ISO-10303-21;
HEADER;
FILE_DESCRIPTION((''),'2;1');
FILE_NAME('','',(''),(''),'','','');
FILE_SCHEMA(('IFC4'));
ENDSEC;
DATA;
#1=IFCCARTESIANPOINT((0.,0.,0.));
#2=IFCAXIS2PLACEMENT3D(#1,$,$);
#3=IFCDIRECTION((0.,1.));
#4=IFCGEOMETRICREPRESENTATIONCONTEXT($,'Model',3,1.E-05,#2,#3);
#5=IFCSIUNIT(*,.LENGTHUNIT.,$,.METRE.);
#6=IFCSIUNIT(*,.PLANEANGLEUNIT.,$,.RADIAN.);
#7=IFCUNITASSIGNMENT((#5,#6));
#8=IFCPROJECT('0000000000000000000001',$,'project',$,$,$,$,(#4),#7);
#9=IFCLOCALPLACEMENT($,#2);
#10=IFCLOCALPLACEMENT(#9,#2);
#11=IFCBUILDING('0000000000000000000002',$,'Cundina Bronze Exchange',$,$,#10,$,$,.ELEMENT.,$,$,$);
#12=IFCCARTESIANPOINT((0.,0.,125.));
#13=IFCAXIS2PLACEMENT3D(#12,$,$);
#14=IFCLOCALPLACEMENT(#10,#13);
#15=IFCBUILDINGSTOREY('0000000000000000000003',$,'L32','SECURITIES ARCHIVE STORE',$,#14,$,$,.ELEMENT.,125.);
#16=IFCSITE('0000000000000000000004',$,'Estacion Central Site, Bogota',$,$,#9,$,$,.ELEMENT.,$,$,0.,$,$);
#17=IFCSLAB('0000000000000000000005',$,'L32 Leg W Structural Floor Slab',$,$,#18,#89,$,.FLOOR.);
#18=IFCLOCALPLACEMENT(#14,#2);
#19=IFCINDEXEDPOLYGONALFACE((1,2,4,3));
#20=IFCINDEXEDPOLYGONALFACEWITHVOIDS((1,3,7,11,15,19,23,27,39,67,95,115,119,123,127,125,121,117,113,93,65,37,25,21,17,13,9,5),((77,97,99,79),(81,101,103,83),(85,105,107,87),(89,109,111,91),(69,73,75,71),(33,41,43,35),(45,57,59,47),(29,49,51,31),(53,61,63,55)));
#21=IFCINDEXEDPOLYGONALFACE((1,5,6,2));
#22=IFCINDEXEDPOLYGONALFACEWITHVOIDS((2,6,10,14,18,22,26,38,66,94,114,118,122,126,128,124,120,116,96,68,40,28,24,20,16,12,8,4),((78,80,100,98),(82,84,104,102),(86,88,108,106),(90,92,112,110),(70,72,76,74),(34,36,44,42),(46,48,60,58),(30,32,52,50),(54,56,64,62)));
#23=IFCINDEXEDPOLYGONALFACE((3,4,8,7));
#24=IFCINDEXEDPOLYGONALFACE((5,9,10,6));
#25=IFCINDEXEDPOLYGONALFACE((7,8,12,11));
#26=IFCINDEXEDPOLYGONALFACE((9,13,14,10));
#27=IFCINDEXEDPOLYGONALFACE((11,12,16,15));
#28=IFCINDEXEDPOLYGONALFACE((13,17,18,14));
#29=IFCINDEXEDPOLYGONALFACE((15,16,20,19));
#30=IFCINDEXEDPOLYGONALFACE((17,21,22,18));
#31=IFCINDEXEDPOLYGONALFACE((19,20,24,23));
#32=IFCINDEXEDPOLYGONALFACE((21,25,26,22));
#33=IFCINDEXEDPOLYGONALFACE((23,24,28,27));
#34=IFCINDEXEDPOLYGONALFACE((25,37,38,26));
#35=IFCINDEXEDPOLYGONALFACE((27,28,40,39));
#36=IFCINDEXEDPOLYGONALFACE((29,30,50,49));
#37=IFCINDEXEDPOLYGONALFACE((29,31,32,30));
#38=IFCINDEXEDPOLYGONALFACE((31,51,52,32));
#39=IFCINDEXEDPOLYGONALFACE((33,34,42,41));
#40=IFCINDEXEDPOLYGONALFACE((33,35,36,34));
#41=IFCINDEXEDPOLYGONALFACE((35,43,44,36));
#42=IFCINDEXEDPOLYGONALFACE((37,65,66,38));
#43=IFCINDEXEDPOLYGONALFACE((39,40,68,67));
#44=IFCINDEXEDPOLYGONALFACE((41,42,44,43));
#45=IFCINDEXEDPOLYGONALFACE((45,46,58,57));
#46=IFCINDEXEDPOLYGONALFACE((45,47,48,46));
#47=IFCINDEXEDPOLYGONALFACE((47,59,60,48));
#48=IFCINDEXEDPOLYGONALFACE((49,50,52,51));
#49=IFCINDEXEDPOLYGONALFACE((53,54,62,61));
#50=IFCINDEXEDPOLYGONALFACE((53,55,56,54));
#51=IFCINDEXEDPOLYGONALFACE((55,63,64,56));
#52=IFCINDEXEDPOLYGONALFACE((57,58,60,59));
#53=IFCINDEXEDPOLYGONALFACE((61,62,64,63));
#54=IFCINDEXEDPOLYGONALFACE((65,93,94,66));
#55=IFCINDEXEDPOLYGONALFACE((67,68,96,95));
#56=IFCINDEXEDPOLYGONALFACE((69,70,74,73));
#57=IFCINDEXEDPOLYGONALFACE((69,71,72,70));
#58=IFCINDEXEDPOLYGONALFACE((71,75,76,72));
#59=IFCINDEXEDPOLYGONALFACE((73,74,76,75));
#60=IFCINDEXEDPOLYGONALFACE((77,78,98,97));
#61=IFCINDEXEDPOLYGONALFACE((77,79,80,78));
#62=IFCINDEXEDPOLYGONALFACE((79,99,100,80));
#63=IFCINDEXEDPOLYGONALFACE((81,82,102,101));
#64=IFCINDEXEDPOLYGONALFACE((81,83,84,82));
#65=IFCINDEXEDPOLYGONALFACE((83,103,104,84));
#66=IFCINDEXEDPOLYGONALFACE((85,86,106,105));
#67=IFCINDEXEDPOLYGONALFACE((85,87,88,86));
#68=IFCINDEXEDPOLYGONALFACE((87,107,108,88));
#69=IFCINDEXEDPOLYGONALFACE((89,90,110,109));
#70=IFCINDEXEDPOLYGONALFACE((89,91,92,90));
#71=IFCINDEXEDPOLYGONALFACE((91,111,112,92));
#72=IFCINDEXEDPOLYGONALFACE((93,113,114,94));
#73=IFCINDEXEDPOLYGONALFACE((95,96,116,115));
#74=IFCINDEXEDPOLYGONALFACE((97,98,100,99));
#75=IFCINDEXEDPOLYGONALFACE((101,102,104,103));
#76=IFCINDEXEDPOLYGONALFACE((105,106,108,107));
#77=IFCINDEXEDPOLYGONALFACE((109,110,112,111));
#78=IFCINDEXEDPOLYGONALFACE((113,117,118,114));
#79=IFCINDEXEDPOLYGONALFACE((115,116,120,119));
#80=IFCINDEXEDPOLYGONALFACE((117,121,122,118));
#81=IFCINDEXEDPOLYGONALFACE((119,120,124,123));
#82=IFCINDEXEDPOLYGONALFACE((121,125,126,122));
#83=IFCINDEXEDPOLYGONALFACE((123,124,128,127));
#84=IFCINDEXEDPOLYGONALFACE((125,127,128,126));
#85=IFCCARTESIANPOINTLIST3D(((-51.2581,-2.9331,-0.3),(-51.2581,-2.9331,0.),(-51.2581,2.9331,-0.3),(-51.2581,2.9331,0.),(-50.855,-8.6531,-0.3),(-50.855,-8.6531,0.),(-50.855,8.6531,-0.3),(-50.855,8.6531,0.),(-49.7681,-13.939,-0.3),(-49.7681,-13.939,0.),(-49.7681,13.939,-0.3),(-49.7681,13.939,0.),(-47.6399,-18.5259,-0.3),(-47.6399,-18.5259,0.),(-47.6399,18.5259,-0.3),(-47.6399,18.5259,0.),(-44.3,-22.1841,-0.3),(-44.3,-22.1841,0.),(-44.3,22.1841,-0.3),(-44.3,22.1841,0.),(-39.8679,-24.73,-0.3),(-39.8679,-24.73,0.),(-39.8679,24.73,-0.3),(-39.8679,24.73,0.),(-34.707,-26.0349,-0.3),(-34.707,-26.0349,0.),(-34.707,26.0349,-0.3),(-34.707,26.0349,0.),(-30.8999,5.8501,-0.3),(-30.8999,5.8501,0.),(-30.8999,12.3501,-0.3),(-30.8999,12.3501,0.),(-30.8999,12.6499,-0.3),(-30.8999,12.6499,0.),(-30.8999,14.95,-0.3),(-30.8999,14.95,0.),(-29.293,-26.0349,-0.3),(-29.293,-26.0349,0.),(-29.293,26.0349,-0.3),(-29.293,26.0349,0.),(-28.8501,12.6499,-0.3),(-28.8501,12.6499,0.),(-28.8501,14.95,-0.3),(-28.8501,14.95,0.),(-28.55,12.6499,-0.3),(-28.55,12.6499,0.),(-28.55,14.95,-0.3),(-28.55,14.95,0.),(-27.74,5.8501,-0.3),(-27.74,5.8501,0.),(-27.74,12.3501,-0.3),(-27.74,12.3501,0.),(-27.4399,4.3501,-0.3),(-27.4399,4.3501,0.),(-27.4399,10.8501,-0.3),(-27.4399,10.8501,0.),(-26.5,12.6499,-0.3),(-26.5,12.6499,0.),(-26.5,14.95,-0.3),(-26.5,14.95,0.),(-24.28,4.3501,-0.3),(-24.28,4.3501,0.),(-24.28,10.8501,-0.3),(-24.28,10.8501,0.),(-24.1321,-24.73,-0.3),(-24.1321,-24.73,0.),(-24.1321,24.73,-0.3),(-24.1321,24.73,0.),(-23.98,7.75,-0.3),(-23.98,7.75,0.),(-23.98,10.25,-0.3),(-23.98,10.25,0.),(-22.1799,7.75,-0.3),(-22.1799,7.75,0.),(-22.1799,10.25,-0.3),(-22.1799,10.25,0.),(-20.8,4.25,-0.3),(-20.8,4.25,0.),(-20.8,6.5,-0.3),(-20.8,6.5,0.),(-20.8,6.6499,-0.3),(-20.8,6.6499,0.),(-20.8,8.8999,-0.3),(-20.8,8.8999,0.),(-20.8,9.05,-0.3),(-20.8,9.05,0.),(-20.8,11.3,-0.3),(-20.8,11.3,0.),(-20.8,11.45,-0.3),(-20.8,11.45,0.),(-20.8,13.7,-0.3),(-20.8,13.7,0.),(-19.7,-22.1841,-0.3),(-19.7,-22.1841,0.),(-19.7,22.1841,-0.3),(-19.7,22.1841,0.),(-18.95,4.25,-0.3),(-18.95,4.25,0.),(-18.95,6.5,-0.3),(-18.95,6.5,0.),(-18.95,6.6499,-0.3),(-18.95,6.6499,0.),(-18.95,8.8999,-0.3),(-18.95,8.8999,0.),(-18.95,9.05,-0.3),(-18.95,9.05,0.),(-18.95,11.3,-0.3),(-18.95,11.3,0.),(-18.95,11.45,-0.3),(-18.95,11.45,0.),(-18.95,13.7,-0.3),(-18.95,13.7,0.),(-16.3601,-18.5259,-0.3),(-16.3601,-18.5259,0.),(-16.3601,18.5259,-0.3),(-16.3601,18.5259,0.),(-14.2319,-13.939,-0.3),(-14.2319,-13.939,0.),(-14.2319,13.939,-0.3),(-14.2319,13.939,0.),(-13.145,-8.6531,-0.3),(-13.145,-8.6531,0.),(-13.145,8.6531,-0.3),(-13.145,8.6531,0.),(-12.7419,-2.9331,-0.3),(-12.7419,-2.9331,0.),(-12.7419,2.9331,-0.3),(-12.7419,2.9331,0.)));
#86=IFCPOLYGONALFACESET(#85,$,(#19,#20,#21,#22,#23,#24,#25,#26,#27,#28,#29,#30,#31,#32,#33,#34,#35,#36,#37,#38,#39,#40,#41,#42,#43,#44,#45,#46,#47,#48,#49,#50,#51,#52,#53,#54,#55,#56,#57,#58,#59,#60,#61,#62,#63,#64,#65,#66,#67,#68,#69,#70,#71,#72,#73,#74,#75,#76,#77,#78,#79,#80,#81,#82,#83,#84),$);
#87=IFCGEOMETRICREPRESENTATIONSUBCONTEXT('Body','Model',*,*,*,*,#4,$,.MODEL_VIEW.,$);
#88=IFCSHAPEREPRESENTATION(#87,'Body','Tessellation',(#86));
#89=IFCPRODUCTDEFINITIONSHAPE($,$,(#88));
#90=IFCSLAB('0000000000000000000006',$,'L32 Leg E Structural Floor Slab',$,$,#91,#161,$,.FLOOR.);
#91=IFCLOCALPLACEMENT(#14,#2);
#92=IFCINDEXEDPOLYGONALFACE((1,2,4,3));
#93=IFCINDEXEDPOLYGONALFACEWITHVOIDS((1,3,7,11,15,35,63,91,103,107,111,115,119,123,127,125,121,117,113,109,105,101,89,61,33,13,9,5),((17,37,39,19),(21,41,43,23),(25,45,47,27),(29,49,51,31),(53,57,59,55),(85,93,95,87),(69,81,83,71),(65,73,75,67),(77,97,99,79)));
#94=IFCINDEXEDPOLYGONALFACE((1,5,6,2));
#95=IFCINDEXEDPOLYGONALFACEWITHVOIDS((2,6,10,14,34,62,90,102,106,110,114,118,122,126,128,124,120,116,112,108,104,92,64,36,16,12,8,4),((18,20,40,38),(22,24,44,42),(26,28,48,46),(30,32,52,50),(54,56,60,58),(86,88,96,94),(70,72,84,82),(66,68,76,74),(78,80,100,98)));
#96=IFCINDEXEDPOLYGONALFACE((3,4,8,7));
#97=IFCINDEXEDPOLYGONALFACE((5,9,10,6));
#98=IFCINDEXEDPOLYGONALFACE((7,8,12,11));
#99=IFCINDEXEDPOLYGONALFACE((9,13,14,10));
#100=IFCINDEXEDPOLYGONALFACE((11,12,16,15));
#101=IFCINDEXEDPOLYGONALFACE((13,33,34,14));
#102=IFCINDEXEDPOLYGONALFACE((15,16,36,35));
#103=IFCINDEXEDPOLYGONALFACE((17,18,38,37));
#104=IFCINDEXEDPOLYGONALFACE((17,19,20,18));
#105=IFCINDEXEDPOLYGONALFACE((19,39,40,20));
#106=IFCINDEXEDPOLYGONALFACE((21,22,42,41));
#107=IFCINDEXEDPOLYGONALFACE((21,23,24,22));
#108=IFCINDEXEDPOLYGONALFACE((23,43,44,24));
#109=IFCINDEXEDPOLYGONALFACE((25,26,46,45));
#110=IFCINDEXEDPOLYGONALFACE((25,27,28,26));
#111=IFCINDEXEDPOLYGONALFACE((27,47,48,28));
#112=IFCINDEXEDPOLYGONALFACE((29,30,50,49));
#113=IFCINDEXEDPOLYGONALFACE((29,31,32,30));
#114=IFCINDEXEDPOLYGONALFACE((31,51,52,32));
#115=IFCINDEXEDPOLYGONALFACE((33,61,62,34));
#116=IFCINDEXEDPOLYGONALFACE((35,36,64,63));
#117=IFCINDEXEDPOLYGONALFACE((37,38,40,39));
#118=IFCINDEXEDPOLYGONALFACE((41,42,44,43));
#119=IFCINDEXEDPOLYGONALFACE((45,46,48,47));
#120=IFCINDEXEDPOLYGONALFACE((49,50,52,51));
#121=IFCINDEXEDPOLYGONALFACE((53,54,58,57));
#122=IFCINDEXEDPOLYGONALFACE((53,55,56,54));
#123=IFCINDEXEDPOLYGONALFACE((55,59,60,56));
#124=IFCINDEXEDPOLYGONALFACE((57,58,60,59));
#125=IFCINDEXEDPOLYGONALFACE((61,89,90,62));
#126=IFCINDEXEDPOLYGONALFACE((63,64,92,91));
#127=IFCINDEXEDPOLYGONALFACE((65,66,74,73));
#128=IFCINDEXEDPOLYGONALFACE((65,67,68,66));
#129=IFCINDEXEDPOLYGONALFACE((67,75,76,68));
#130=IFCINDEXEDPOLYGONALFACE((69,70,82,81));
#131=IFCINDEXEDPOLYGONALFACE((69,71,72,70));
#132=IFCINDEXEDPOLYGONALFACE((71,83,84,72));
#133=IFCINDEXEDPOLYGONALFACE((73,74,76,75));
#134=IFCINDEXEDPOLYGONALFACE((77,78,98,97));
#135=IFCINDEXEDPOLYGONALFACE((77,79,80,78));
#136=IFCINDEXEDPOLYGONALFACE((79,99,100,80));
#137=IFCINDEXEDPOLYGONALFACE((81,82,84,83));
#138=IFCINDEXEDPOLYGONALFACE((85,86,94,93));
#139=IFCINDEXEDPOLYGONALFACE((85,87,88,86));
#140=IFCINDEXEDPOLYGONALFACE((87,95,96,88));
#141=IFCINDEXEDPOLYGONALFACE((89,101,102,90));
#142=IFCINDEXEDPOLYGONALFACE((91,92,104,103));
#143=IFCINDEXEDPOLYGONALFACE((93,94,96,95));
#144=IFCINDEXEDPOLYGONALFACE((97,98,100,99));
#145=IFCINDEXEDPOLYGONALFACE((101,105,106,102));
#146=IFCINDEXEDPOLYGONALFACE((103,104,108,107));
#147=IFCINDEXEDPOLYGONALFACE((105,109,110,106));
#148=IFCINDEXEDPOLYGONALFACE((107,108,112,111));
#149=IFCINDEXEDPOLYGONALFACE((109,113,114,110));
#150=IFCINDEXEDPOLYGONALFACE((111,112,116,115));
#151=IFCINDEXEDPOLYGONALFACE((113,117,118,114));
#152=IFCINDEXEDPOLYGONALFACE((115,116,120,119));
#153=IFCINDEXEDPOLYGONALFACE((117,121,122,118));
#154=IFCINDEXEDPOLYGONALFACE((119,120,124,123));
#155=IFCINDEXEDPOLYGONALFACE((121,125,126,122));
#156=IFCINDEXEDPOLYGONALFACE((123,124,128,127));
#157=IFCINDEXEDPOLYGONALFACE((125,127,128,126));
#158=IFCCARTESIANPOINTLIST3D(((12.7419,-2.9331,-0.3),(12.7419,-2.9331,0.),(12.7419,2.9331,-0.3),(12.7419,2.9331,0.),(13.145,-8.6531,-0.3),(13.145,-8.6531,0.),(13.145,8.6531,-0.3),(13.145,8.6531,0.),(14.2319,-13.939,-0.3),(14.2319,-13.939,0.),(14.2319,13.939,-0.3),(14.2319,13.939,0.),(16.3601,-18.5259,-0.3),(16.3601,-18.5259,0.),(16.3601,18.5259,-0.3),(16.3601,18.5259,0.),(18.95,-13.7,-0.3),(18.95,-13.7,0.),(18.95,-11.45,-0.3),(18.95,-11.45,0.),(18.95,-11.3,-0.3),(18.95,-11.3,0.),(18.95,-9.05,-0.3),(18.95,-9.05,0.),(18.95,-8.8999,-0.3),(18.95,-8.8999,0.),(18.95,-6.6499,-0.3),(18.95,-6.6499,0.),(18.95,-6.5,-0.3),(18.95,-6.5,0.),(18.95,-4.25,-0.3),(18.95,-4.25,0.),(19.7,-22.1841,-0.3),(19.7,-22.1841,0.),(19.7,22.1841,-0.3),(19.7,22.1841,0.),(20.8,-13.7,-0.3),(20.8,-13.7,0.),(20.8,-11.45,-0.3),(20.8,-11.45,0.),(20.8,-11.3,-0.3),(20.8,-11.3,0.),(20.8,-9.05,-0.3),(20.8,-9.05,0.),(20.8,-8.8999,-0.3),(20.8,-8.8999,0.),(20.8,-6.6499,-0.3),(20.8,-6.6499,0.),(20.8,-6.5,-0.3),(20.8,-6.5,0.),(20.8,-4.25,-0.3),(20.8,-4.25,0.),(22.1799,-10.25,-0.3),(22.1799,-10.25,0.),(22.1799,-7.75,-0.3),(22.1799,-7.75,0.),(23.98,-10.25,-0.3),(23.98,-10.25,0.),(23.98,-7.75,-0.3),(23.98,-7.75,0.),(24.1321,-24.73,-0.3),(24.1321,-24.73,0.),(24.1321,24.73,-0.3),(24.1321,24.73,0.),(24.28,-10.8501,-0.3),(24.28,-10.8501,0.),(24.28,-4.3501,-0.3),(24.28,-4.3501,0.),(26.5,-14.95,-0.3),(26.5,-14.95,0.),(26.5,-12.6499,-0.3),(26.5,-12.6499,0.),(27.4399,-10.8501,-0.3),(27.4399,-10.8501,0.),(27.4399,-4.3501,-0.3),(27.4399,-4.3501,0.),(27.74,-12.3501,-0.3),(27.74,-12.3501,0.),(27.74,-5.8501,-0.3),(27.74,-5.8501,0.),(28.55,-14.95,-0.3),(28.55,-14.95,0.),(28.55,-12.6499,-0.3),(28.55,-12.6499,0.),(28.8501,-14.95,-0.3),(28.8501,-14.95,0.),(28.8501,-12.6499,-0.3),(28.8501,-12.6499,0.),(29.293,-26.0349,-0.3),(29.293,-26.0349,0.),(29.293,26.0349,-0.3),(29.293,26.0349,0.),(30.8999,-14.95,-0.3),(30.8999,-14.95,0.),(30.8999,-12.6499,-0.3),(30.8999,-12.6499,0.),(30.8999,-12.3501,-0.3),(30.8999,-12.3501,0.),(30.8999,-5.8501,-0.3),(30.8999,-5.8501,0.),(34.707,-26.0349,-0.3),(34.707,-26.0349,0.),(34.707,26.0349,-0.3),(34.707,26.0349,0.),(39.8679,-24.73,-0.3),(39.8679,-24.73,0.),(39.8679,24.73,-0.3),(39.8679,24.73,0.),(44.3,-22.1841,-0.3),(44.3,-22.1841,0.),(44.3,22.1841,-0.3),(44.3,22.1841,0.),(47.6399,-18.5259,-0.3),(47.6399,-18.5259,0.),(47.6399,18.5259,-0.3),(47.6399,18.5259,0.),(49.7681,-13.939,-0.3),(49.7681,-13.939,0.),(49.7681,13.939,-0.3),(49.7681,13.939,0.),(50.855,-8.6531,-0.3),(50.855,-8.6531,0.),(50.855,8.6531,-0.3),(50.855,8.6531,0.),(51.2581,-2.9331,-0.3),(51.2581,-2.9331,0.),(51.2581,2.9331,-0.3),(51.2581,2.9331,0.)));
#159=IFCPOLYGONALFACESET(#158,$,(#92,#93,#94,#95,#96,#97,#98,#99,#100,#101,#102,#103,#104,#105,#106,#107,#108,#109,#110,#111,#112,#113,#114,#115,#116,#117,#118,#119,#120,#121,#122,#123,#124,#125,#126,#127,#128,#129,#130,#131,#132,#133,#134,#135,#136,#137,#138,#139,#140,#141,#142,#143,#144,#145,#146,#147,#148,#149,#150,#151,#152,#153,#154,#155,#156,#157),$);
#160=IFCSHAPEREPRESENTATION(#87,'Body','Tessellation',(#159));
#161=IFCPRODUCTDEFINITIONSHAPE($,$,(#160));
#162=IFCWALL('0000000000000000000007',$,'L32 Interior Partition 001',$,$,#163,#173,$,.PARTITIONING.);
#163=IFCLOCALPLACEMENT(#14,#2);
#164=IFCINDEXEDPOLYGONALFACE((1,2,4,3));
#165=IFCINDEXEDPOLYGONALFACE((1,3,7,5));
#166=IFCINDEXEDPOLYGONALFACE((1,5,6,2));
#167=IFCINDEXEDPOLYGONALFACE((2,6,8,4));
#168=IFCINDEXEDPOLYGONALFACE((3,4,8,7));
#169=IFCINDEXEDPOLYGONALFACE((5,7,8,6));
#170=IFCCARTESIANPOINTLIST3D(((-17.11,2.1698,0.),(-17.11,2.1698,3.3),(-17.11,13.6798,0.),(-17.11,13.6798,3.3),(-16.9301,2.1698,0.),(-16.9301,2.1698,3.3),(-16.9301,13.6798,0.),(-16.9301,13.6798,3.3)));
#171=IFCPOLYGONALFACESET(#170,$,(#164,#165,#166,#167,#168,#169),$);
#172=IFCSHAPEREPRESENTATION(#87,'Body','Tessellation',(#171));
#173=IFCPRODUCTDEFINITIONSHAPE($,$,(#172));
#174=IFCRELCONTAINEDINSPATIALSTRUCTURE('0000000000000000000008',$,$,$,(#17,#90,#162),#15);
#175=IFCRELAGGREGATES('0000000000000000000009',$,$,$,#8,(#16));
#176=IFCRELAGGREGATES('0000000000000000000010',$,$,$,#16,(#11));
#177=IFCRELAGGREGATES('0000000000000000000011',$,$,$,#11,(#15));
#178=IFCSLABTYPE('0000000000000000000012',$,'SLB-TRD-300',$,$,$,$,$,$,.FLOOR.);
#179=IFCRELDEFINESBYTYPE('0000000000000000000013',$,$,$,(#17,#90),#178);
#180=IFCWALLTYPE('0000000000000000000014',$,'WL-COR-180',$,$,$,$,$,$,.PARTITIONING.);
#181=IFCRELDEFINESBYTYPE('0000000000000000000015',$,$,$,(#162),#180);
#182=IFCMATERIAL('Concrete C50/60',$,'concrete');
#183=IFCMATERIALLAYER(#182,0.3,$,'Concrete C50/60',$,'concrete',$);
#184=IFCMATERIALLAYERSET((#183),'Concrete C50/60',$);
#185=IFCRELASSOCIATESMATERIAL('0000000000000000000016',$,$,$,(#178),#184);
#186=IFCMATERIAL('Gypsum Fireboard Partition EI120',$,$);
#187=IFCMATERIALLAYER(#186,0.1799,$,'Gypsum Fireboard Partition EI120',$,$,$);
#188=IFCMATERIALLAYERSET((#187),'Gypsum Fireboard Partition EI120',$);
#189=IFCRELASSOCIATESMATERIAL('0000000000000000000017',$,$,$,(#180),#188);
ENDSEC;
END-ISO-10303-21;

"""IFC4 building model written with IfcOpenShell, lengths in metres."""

from ifc_helpers import new_model, si_unit, direction, frame, frame_2d, origin, place, context, subcontext, project, spatial, polyline, rectangle, outline, extrude, material, layer, layer_set, type_object, element, save


model = new_model("IFC4")

# Units and contexts
model_context = context("Model", 3, precision=1e-05, world=origin(), true_north=direction((0.0, 1.0)))
body_context = subcontext(model_context, "Body", "Model", "MODEL_VIEW")
ifc_project = project(units=[si_unit("LENGTHUNIT", "METRE"), si_unit("PLANEANGLEUNIT", "RADIAN")], contexts=[model_context])

# Site, building, storey
site_placement = place(None, origin())
site = spatial("IfcSite", under=ifc_project, at=site_placement, Name="Estacion Central Site, Bogota", CompositionType="ELEMENT", RefElevation=0.0)
building_placement = place(site_placement, origin())
building = spatial("IfcBuilding", under=site, at=building_placement, Name="Cundina Bronze Exchange", CompositionType="ELEMENT")
storey_placement = place(building_placement, frame((0.0, 0.0, 125.0)))
storey = spatial("IfcBuildingStorey", under=building, at=storey_placement, Name="L32", Description="SECURITIES ARCHIVE STORE", CompositionType="ELEMENT", Elevation=125.0)

# Slabs
ifc_material_1 = material(Name="Concrete C50/60", Category="concrete")
ifc_layer_1 = layer(ifc_material_1, 0.3, Name="Concrete C50/60", Category="concrete")
ifc_layer_set_1 = layer_set([ifc_layer_1], Name="Concrete C50/60")
slab_type_1 = type_object("IfcSlabType", Name="SLB-TRD-300", PredefinedType="FLOOR", material=ifc_layer_set_1)
slab_1_placement = place(storey_placement, frame((0.0, 0.0, -0.3)))
element("IfcSlab", 1, at=slab_1_placement, inside=storey, type_object=slab_type_1, Name="L32 Leg W Structural Floor Slab", PredefinedType="FLOOR", context=body_context, shape_type="SweptSolid", body=[
    extrude(outline(polyline([(-12.7419, 2.9331), (-13.145, 8.6531), (-14.2319, 13.939), (-16.3601, 18.5259), (-19.7, 22.1841), (-24.1321, 24.73), (-29.293, 26.0349), (-34.707, 26.0349), (-39.8679, 24.73), (-44.3, 22.1841), (-47.6399, 18.5259), (-49.7681, 13.939), (-50.855, 8.6531), (-51.2581, 2.9331), (-51.2581, -2.9331), (-50.855, -8.6531), (-49.7681, -13.939), (-47.6399, -18.5259), (-44.3, -22.1841), (-39.8679, -24.73), (-34.707, -26.0349), (-29.293, -26.0349), (-24.1321, -24.73), (-19.7, -22.1841), (-16.3601, -18.5259), (-14.2319, -13.939), (-13.145, -8.6531), (-12.7419, -2.9331), (-12.7419, 2.9331)]), holes=[polyline([(-27.74, 5.8501), (-27.74, 12.3501), (-30.8999, 12.3501), (-30.8999, 5.8501), (-27.74, 5.8501)]), polyline([(-27.4399, 10.8501), (-27.4399, 4.3501), (-24.28, 4.3501), (-24.28, 10.8501), (-27.4399, 10.8501)]), polyline([(-23.98, 10.25), (-22.1799, 10.25), (-22.1799, 7.75), (-23.98, 7.75), (-23.98, 10.25)]), polyline([(-30.8999, 14.95), (-28.8501, 14.95), (-28.8501, 12.6499), (-30.8999, 12.6499), (-30.8999, 14.95)]), polyline([(-28.55, 14.95), (-26.5, 14.95), (-26.5, 12.6499), (-28.55, 12.6499), (-28.55, 14.95)]), polyline([(-20.8, 13.7), (-18.95, 13.7), (-18.95, 11.45), (-20.8, 11.45), (-20.8, 13.7)]), polyline([(-20.8, 11.3), (-18.95, 11.3), (-18.95, 9.05), (-20.8, 9.05), (-20.8, 11.3)]), polyline([(-20.8, 8.8999), (-18.95, 8.8999), (-18.95, 6.6499), (-20.8, 6.6499), (-20.8, 8.8999)]), polyline([(-20.8, 6.5), (-18.95, 6.5), (-18.95, 4.25), (-20.8, 4.25), (-20.8, 6.5)])]), origin(), (0.0, 0.0, 1.0), 0.3),
])
slab_2_placement = place(storey_placement, frame((0.0, 0.0, -0.3)))
element("IfcSlab", 2, at=slab_2_placement, inside=storey, type_object=slab_type_1, Name="L32 Leg E Structural Floor Slab", PredefinedType="FLOOR", context=body_context, shape_type="SweptSolid", body=[
    extrude(outline(polyline([(51.2581, 2.9331), (50.855, 8.6531), (49.7681, 13.939), (47.6399, 18.5259), (44.3, 22.1841), (39.8679, 24.73), (34.707, 26.0349), (29.293, 26.0349), (24.1321, 24.73), (19.7, 22.1841), (16.3601, 18.5259), (14.2319, 13.939), (13.145, 8.6531), (12.7419, 2.9331), (12.7419, -2.9331), (13.145, -8.6531), (14.2319, -13.939), (16.3601, -18.5259), (19.7, -22.1841), (24.1321, -24.73), (29.293, -26.0349), (34.707, -26.0349), (39.8679, -24.73), (44.3, -22.1841), (47.6399, -18.5259), (49.7681, -13.939), (50.855, -8.6531), (51.2581, -2.9331), (51.2581, 2.9331)]), holes=[polyline([(27.74, -5.8501), (27.74, -12.3501), (30.8999, -12.3501), (30.8999, -5.8501), (27.74, -5.8501)]), polyline([(27.4399, -10.8501), (27.4399, -4.3501), (24.28, -4.3501), (24.28, -10.8501), (27.4399, -10.8501)]), polyline([(22.1799, -7.75), (23.98, -7.75), (23.98, -10.25), (22.1799, -10.25), (22.1799, -7.75)]), polyline([(28.8501, -12.6499), (30.8999, -12.6499), (30.8999, -14.95), (28.8501, -14.95), (28.8501, -12.6499)]), polyline([(26.5, -12.6499), (28.55, -12.6499), (28.55, -14.95), (26.5, -14.95), (26.5, -12.6499)]), polyline([(18.95, -11.45), (20.8, -11.45), (20.8, -13.7), (18.95, -13.7), (18.95, -11.45)]), polyline([(18.95, -9.05), (20.8, -9.05), (20.8, -11.3), (18.95, -11.3), (18.95, -9.05)]), polyline([(18.95, -6.6499), (20.8, -6.6499), (20.8, -8.8999), (18.95, -8.8999), (18.95, -6.6499)]), polyline([(18.95, -4.25), (20.8, -4.25), (20.8, -6.5), (18.95, -6.5), (18.95, -4.25)])]), origin(), (0.0, 0.0, 1.0), 0.3),
])

# Wall
ifc_material_2 = material(Name="Gypsum Fireboard Partition EI120")
ifc_layer_2 = layer(ifc_material_2, 0.1799, Name="Gypsum Fireboard Partition EI120")
ifc_layer_set_2 = layer_set([ifc_layer_2], Name="Gypsum Fireboard Partition EI120")
wall_type = type_object("IfcWallType", Name="WL-COR-180", PredefinedType="PARTITIONING", material=ifc_layer_set_2)
wall_1_placement = place(storey_placement, frame((-17.02, 2.1699, 0.0), z_axis=(0.0, 0.0, 1.0), x_axis=(0.0, 1.0, 0.0)))
element("IfcWall", 3, at=wall_1_placement, inside=storey, type_object=wall_type, Name="L32 Interior Partition 001", PredefinedType="PARTITIONING", context=body_context, shape_type="SweptSolid", body=[
    extrude(rectangle(XDim=11.51, YDim=0.1799, at=frame_2d((5.7549, 0.0))), origin(), (0.0, 0.0, 1.0), 3.3),
])

save(model, "model.ifc")
